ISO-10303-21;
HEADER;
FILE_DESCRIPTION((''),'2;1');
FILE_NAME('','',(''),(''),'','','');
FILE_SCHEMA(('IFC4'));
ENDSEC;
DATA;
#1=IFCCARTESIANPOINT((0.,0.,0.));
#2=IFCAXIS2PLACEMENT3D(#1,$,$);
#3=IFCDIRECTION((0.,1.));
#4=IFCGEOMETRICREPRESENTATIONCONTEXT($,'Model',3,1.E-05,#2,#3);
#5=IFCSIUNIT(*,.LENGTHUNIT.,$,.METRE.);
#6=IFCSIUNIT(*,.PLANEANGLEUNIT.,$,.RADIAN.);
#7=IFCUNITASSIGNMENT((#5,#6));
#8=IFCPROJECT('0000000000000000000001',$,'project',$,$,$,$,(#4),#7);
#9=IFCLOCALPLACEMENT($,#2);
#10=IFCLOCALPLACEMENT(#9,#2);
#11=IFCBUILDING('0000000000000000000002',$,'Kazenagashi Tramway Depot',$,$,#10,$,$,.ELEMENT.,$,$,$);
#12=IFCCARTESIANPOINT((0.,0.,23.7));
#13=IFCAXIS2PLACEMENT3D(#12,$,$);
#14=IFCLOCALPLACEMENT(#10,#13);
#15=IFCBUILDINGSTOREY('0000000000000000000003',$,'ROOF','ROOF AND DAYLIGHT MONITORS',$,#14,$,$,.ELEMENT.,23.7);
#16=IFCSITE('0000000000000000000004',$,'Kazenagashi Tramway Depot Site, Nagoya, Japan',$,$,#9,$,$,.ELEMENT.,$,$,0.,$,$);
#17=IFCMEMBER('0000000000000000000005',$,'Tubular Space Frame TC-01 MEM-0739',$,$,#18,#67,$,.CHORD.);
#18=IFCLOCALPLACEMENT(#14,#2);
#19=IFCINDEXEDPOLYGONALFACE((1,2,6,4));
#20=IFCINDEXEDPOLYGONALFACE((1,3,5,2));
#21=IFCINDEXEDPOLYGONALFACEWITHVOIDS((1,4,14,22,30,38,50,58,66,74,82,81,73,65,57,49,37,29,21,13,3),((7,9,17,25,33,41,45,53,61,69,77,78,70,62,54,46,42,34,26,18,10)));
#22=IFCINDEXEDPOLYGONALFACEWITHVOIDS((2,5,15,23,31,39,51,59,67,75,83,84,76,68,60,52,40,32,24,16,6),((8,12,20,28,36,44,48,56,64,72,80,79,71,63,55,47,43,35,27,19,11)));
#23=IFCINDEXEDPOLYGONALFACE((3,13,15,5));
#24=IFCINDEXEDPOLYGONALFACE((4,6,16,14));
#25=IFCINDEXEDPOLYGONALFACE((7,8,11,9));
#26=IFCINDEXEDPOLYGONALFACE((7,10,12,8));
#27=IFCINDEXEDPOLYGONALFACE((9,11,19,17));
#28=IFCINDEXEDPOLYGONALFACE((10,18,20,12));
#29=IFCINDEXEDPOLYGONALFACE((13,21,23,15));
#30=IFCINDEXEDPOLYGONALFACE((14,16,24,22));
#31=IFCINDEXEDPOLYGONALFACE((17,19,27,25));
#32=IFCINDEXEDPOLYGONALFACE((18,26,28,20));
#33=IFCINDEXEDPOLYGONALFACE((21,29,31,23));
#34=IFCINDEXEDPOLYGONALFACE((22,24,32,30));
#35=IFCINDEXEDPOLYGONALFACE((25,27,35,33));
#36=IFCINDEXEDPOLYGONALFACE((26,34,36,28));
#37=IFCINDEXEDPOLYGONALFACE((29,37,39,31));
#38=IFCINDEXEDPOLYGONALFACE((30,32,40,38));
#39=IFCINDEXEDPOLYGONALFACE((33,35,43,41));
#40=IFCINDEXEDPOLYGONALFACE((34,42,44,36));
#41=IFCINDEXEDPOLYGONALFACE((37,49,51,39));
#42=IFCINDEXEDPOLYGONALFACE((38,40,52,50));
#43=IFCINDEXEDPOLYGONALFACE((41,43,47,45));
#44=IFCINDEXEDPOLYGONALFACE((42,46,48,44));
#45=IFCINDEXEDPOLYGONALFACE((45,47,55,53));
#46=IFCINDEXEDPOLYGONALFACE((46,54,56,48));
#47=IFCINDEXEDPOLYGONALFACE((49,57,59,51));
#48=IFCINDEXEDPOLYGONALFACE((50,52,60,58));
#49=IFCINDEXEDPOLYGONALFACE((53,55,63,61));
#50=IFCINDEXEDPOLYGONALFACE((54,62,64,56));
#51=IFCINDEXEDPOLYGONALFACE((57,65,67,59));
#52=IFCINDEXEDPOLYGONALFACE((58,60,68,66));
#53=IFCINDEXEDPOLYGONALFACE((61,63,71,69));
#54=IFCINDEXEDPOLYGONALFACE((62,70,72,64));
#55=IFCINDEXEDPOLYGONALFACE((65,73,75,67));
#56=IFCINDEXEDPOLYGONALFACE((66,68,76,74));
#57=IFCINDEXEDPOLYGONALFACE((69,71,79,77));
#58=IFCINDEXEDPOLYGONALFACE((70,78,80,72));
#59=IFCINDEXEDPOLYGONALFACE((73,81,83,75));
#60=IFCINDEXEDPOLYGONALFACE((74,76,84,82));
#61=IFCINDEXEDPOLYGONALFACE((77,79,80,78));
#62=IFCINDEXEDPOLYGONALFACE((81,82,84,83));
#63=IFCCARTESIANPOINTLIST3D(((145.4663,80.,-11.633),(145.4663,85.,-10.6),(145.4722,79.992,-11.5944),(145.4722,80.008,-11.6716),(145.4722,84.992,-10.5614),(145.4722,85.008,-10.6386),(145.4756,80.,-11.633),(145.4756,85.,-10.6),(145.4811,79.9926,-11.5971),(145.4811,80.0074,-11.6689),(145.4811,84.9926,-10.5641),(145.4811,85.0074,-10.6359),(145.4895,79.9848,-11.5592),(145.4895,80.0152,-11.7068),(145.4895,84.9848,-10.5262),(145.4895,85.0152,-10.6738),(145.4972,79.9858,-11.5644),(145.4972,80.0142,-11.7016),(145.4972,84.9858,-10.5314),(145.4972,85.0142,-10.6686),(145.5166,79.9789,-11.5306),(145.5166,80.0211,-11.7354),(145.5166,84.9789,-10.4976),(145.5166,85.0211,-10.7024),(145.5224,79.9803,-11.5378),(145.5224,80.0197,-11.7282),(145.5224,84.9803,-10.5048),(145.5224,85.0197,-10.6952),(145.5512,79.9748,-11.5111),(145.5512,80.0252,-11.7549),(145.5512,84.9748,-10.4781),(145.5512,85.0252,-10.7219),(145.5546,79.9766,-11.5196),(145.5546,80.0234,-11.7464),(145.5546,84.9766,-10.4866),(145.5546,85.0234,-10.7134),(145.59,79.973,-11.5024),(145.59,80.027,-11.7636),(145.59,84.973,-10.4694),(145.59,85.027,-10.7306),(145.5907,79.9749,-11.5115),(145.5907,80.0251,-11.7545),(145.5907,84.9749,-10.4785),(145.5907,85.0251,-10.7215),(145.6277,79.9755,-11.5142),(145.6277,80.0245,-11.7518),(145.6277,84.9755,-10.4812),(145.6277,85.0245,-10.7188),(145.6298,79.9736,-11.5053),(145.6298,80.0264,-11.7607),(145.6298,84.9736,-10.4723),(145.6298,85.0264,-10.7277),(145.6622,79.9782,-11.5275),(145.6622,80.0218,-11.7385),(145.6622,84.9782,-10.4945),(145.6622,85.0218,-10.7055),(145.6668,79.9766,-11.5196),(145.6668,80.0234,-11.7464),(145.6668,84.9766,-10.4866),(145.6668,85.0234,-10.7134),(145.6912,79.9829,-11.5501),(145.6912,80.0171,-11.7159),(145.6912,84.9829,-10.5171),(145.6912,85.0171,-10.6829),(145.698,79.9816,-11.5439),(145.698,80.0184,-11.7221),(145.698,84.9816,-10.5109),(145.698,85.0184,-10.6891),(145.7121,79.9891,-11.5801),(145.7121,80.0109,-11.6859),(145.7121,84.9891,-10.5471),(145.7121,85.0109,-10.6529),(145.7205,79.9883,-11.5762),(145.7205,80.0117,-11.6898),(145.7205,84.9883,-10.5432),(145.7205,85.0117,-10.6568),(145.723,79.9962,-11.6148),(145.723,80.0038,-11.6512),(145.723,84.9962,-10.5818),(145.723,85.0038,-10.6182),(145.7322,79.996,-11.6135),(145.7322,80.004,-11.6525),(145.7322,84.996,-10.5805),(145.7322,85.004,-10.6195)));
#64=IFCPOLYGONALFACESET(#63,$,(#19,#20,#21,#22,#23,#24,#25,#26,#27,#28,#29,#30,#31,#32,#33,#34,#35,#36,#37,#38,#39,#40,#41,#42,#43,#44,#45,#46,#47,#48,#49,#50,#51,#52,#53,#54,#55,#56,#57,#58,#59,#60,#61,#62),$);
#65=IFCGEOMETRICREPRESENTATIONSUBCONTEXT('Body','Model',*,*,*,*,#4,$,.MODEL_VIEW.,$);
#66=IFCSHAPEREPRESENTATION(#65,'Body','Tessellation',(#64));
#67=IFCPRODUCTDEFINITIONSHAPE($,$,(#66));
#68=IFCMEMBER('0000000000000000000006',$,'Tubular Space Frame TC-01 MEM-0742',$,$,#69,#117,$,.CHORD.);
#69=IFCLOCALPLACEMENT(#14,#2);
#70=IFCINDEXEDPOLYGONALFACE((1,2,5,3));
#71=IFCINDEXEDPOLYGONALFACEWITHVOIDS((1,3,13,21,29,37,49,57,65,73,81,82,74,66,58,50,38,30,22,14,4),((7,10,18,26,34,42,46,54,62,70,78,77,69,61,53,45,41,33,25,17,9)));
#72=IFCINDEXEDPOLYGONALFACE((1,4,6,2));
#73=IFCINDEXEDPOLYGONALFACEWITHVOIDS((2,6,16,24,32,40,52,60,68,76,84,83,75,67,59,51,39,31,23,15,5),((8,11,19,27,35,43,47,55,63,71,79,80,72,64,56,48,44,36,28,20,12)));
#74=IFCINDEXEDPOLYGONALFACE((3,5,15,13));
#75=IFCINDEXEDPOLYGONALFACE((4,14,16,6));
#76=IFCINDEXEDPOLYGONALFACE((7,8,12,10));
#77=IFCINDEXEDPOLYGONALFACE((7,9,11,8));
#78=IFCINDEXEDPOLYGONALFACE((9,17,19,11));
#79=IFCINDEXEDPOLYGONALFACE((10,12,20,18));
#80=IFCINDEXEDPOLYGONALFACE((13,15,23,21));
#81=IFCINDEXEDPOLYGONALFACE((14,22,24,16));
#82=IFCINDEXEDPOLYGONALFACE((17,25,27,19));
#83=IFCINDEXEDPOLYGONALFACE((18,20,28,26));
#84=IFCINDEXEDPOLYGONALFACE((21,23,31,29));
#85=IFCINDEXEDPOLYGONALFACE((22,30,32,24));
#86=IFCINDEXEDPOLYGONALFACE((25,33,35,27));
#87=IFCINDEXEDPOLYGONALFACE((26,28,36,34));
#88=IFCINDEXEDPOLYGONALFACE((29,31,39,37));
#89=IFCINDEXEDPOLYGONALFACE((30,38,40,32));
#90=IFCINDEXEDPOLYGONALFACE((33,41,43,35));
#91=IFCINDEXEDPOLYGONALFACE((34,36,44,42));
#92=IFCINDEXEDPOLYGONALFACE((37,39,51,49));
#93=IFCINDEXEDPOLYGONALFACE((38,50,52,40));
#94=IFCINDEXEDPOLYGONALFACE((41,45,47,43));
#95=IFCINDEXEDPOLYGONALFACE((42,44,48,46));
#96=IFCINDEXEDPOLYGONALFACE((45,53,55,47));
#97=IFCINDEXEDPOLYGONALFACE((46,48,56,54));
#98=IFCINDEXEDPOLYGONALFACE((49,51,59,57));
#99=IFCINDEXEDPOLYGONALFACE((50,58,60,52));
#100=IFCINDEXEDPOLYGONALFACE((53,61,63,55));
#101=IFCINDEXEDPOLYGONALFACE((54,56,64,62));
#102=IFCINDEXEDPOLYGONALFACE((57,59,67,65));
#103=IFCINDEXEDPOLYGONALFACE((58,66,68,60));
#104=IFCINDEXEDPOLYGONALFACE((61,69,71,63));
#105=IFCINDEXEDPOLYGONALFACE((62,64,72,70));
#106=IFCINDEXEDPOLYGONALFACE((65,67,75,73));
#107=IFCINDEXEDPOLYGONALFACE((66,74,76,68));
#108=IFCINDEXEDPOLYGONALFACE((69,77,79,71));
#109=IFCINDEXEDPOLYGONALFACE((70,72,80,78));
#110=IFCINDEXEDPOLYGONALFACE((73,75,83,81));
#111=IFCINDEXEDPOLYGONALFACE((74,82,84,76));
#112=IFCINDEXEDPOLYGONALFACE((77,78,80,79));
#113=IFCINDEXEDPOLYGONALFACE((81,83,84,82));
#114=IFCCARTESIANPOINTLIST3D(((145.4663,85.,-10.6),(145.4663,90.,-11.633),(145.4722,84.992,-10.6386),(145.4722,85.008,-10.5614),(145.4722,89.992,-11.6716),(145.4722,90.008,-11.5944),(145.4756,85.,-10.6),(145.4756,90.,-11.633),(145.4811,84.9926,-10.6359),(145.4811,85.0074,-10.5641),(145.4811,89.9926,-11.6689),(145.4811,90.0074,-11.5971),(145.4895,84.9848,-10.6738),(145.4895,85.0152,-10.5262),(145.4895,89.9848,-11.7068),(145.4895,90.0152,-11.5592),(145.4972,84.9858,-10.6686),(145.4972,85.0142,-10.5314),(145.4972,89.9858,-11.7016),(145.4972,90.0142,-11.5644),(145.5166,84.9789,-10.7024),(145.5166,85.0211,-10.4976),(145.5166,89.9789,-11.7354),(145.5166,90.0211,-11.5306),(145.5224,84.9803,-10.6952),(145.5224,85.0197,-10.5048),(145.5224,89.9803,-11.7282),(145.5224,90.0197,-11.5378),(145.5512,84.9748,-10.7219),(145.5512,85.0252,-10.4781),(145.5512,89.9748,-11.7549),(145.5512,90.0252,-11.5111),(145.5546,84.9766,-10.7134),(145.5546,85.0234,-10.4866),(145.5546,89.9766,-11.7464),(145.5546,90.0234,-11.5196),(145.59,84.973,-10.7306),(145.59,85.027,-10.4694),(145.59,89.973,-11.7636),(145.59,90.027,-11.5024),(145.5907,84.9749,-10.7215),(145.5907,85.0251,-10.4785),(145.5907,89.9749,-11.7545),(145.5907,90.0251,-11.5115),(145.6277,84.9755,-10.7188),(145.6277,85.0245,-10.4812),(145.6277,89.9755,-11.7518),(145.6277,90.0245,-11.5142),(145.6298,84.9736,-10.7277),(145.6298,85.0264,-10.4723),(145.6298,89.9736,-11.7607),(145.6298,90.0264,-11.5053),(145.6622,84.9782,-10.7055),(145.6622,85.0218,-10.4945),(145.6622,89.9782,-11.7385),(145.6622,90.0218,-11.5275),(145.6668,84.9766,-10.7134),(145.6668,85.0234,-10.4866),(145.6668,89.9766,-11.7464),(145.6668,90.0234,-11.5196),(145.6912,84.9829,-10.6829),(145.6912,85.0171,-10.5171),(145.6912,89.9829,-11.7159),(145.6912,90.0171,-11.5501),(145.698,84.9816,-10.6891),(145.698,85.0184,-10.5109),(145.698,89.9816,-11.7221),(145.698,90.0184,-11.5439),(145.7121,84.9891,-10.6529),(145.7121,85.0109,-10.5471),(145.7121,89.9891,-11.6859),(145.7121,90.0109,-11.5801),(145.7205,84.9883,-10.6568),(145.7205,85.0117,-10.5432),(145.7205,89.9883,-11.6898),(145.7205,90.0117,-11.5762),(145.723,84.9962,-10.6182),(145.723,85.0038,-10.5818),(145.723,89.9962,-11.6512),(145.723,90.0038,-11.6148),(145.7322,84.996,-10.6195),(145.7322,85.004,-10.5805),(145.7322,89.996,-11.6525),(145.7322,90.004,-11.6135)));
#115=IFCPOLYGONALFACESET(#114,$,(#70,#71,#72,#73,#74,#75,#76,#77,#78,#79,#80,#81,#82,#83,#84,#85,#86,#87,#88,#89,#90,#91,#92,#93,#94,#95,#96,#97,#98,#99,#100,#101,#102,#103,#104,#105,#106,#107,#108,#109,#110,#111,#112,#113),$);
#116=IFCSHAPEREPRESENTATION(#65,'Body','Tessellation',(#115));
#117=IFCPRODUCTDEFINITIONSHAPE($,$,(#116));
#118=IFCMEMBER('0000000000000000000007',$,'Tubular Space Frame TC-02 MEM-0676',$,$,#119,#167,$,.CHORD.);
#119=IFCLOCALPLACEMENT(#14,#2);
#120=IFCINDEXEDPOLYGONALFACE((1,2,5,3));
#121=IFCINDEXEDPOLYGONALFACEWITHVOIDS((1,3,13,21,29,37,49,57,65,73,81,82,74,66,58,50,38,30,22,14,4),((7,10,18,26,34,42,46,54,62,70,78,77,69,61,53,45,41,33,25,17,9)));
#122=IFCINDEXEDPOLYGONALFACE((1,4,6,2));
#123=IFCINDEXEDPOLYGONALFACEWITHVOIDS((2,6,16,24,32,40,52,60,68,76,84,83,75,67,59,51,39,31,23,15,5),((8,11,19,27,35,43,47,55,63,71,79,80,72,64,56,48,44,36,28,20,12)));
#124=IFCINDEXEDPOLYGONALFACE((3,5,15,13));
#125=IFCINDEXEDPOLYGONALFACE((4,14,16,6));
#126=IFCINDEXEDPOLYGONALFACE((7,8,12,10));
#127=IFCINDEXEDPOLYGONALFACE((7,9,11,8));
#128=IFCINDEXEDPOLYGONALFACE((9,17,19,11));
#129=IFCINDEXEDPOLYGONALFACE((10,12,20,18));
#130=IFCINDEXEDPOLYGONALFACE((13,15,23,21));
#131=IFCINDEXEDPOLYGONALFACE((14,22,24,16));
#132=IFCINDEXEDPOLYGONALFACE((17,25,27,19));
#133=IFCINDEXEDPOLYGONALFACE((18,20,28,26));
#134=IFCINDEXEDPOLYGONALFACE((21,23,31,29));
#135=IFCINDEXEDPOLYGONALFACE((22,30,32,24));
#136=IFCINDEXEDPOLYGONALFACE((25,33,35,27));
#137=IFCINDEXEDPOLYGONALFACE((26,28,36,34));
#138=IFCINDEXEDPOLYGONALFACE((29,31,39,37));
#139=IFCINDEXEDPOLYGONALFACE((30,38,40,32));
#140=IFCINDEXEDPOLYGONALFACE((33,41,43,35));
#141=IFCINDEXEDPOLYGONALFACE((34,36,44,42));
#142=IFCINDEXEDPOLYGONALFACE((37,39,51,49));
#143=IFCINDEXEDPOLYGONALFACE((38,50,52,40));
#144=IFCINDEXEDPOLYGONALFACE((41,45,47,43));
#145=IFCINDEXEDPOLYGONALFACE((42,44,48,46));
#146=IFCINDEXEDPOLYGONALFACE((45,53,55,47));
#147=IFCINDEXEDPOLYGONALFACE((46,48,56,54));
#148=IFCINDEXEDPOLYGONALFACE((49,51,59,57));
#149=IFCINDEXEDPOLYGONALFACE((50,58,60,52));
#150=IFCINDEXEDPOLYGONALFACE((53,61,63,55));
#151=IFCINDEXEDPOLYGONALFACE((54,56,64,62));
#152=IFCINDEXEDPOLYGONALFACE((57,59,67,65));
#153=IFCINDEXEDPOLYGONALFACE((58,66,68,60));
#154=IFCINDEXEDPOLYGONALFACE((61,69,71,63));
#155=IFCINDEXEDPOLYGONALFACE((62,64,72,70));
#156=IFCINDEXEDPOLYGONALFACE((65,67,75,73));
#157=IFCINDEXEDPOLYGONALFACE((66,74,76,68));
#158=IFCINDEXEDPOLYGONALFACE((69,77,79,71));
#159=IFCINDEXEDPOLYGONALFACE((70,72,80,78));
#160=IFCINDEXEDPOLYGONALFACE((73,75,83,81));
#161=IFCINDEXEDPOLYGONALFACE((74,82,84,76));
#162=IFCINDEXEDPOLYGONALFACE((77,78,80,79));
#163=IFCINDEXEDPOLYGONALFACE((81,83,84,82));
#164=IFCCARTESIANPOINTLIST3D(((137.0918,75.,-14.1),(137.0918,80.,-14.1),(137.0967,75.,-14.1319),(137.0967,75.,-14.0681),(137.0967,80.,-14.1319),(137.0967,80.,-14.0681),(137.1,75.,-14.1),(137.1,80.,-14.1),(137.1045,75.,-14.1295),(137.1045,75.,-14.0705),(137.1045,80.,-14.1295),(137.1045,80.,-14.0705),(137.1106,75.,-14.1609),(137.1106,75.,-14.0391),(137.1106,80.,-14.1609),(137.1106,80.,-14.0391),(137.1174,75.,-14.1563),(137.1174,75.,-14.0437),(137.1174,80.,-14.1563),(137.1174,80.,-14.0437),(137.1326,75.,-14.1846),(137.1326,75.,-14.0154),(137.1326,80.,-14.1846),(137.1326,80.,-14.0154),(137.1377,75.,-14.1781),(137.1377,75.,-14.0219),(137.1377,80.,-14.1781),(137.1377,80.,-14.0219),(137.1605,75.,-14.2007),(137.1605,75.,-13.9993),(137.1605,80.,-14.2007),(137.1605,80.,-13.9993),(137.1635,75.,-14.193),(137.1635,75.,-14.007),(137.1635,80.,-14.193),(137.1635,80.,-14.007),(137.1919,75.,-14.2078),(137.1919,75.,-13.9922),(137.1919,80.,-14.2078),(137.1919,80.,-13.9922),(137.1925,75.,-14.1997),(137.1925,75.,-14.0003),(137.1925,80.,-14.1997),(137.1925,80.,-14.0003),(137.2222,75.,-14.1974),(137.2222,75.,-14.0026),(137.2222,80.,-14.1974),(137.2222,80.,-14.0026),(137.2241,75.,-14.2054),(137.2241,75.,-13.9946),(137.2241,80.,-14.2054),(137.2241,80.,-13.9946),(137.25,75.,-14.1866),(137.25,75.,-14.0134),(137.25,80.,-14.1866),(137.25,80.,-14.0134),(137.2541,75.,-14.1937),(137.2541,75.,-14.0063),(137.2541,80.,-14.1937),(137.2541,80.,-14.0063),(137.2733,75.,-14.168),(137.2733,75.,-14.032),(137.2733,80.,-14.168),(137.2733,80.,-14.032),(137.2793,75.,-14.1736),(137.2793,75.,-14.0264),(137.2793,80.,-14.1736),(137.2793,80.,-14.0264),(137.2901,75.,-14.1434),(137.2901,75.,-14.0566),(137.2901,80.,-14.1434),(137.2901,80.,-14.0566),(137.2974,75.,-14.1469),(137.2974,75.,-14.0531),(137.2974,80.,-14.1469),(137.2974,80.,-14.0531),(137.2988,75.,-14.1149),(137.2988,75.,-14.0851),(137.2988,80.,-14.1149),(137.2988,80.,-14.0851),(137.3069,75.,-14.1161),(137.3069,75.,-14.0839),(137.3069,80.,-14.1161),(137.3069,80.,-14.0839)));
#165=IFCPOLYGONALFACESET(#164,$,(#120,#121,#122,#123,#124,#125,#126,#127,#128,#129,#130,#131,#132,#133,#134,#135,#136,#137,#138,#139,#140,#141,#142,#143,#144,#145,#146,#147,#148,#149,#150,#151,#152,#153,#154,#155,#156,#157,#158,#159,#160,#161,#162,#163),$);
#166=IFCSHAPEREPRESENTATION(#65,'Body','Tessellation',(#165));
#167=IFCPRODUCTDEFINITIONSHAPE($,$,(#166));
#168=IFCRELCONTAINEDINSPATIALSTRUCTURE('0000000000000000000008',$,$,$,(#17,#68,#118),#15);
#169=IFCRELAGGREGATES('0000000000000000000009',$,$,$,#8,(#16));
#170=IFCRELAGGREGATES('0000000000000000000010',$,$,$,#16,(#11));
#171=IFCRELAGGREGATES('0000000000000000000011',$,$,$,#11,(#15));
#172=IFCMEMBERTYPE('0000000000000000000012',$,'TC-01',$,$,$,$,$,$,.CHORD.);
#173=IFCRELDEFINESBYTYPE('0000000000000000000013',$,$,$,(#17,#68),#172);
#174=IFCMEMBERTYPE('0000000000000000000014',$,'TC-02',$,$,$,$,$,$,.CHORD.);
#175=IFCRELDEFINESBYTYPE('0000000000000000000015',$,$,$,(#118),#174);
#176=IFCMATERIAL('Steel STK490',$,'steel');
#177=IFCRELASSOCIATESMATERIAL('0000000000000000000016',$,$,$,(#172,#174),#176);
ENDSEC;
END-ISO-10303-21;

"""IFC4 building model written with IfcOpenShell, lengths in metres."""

from ifc_helpers import new_model, si_unit, direction, frame, origin, origin_2d, place, context, subcontext, project, spatial, hollow_circle, extrude, material, material_profile, profile_set, type_object, element, save


model = new_model("IFC4")

# Units and contexts
model_context = context("Model", 3, precision=1e-05, world=origin(), true_north=direction((0.0, 1.0)))
body_context = subcontext(model_context, "Body", "Model", "MODEL_VIEW")
ifc_project = project(units=[si_unit("LENGTHUNIT", "METRE"), si_unit("PLANEANGLEUNIT", "RADIAN")], contexts=[model_context])

# Site, building, storey
site_placement = place(None, origin())
site = spatial("IfcSite", under=ifc_project, at=site_placement, Name="Kazenagashi Tramway Depot Site, Nagoya, Japan", CompositionType="ELEMENT", RefElevation=0.0)
building_placement = place(site_placement, origin())
building = spatial("IfcBuilding", under=site, at=building_placement, Name="Kazenagashi Tramway Depot", CompositionType="ELEMENT")
storey_placement = place(building_placement, frame((0.0, 0.0, 23.7)))
storey = spatial("IfcBuildingStorey", under=building, at=storey_placement, Name="ROOF", Description="ROOF AND DAYLIGHT MONITORS", CompositionType="ELEMENT", Elevation=23.7)

# Members
ifc_material_1 = material(Name="Steel STK490", Category="steel")
ifc_material_profile_1 = material_profile(ifc_material_1, hollow_circle(Radius=0.1337, WallThickness=0.0093, at=origin_2d()), Name="CHS-267.4x9.3")
ifc_profile_set_1 = profile_set([ifc_material_profile_1], Name="Steel STK490")
member_type_1 = type_object("IfcMemberType", Name="TC-01", PredefinedType="CHORD", material=ifc_profile_set_1)
for number, where, z_axis, x_axis, name in (
    (1, (145.6, 80.0, -11.633), (0.0, 0.979318, 0.202327), (-1.0, 0.0, 0.0), "Tubular Space Frame TC-01 MEM-0739"),
    (2, (145.6, 85.0, -10.6), (0.0, 0.979318, -0.202327), (-1.0, 0.0, 0.0), "Tubular Space Frame TC-01 MEM-0742"),
):
    element("IfcMember", number, at=place(storey_placement, frame(where, z_axis=z_axis, x_axis=x_axis)), inside=storey, type_object=member_type_1, Name=name, PredefinedType="CHORD", context=body_context, shape_type="SweptSolid", body=[
        extrude(hollow_circle(Radius=0.1337, WallThickness=0.0093, at=origin_2d()), origin(), (0.0, 0.0, 1.0), 5.1056),
    ])
ifc_material_profile_2 = material_profile(ifc_material_1, hollow_circle(Radius=0.1081, WallThickness=0.0082, at=origin_2d()), Name="CHS-216.3x8.2")
ifc_profile_set_2 = profile_set([ifc_material_profile_2], Name="Steel STK490")
member_type_2 = type_object("IfcMemberType", Name="TC-02", PredefinedType="CHORD", material=ifc_profile_set_2)
for number, where, z_axis, x_axis, name in (
    (3, (137.2, 75.0, -14.1), (0.0, 1.0, 0.0), (-1.0, 0.0, 0.0), "Tubular Space Frame TC-02 MEM-0676"),
):
    element("IfcMember", number, at=place(storey_placement, frame(where, z_axis=z_axis, x_axis=x_axis)), inside=storey, type_object=member_type_2, Name=name, PredefinedType="CHORD", context=body_context, shape_type="SweptSolid", body=[
        extrude(hollow_circle(Radius=0.1081, WallThickness=0.0082, at=origin_2d()), origin(), (0.0, 0.0, 1.0), 5.0),
    ])

save(model, "model.ifc")
